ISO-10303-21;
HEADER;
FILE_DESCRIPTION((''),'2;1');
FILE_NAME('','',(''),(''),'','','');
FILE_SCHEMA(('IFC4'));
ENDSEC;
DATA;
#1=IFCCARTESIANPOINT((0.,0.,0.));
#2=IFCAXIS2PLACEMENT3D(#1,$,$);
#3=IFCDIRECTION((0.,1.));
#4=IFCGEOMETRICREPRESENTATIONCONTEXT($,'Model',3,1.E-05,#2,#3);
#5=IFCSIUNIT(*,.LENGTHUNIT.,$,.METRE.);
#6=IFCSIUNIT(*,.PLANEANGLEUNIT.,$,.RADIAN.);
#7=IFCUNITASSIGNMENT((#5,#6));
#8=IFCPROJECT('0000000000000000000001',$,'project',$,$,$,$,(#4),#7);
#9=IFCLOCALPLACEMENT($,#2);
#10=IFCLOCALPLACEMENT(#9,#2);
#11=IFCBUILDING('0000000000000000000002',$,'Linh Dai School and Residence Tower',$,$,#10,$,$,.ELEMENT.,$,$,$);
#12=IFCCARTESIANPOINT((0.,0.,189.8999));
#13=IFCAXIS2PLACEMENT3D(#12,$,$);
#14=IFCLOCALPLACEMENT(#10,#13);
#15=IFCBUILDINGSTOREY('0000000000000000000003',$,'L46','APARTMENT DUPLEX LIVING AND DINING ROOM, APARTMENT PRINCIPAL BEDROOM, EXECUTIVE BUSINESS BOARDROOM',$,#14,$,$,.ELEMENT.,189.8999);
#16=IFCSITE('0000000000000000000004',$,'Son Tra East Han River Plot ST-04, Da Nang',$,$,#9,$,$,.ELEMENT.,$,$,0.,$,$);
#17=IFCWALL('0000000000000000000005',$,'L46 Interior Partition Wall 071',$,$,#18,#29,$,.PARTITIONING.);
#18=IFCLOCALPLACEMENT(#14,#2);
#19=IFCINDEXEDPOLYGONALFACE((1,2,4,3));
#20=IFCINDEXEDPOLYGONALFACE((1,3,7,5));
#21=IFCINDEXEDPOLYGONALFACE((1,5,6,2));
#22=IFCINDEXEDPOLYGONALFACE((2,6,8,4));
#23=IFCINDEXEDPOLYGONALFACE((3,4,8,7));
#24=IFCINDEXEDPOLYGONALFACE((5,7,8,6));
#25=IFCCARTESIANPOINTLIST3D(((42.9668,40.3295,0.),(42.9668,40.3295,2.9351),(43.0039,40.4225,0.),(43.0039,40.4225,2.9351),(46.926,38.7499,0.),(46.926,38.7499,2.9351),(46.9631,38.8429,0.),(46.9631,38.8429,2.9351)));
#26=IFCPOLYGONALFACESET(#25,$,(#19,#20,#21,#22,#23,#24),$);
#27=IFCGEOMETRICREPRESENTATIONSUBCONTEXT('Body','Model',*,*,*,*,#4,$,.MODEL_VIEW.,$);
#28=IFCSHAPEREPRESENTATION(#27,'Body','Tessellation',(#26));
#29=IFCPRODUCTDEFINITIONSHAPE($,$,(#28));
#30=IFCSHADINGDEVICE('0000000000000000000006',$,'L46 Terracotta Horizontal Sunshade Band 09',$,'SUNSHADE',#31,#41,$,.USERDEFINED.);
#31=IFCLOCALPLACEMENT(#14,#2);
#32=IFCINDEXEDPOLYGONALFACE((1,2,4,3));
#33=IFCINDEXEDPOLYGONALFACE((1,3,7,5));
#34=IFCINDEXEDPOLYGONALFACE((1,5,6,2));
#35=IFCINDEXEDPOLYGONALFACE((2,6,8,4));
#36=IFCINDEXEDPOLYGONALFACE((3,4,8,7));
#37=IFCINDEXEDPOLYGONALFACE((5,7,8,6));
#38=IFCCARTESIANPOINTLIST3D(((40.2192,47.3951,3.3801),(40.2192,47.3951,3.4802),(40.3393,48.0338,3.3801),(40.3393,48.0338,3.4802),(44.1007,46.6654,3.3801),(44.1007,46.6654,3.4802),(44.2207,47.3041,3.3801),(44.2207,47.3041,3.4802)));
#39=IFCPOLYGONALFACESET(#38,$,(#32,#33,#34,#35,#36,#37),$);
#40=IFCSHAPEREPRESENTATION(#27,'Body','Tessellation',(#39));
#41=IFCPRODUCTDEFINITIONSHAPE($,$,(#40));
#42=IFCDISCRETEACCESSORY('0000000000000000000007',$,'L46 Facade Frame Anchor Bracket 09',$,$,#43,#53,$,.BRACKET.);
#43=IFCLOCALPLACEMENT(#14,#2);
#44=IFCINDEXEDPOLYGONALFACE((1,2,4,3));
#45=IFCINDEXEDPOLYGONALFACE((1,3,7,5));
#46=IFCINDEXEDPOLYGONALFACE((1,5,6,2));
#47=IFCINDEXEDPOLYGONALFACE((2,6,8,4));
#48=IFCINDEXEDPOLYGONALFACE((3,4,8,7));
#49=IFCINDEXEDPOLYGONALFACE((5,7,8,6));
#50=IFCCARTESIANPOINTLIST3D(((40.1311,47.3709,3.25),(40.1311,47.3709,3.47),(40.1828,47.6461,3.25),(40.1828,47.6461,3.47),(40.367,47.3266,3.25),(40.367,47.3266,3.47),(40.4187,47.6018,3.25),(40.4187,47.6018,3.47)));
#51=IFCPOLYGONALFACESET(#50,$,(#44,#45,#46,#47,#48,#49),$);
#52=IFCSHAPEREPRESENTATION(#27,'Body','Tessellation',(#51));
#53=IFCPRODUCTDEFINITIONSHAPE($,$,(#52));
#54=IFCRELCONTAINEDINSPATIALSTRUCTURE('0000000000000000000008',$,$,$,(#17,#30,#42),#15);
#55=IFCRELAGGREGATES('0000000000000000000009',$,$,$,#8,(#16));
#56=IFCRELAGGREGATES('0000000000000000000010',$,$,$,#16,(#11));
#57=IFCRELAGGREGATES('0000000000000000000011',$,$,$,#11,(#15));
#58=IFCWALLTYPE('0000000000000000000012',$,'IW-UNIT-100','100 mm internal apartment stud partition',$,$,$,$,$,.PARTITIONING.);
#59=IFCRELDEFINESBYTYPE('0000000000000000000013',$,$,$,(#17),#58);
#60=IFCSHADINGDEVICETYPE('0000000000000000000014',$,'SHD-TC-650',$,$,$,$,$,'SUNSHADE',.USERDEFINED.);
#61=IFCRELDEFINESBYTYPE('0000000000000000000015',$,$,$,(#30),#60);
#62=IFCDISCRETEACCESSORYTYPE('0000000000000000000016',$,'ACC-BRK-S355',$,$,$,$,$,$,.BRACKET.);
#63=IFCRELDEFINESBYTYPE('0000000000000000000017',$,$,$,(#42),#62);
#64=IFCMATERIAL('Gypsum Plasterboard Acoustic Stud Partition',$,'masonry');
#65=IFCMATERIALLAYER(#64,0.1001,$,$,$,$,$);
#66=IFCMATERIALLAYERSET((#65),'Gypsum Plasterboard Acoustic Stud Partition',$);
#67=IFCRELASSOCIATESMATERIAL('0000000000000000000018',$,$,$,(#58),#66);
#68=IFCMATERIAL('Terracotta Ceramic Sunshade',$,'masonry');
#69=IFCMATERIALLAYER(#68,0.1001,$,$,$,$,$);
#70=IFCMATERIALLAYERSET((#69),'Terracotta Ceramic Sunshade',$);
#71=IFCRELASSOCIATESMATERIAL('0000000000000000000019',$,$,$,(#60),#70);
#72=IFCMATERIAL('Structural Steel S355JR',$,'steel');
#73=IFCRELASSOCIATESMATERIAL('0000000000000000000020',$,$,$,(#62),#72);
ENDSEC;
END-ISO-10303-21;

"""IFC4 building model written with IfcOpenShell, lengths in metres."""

from ifc_helpers import new_model, si_unit, direction, frame, frame_2d, origin, origin_2d, place, context, subcontext, project, spatial, rectangle, extrude, source, transform, mapped, material, layer, layer_set, type_object, element, save


model = new_model("IFC4")

# Units and contexts
model_context = context("Model", 3, precision=1e-05, world=origin(), true_north=direction((0.0, 1.0)))
body_context = subcontext(model_context, "Body", "Model", "MODEL_VIEW")
ifc_project = project(units=[si_unit("LENGTHUNIT", "METRE"), si_unit("PLANEANGLEUNIT", "RADIAN")], contexts=[model_context])

# Site, building, storey
site_placement = place(None, origin())
site = spatial("IfcSite", under=ifc_project, at=site_placement, Name="Son Tra East Han River Plot ST-04, Da Nang", CompositionType="ELEMENT", RefElevation=0.0)
building_placement = place(site_placement, origin())
building = spatial("IfcBuilding", under=site, at=building_placement, Name="Linh Dai School and Residence Tower", CompositionType="ELEMENT")
storey_placement = place(building_placement, frame((0.0, 0.0, 189.8999)))
storey = spatial("IfcBuildingStorey", under=building, at=storey_placement, Name="L46", Description="APARTMENT DUPLEX LIVING AND DINING ROOM, APARTMENT PRINCIPAL BEDROOM, EXECUTIVE BUSINESS BOARDROOM", CompositionType="ELEMENT", Elevation=189.8999)

# Shared definitions
ifc_material_1 = material(Name="Structural Steel S355JR", Category="steel")

# Shared definitions
ifc_material_2 = material(Name="Gypsum Plasterboard Acoustic Stud Partition", Category="masonry")
ifc_layer_1 = layer(ifc_material_2, 0.1001)
ifc_layer_set_1 = layer_set([ifc_layer_1], Name="Gypsum Plasterboard Acoustic Stud Partition")
wall_type_1 = type_object("IfcWallType", Name="IW-UNIT-100", Description="100 mm internal apartment stud partition", PredefinedType="PARTITIONING", material=ifc_layer_set_1)

# Wall
wall_1_placement = place(storey_placement, frame((42.9854, 40.376, 0.0), z_axis=(0.0, 0.0, 1.0), x_axis=(0.928808, -0.370561, 0.0)))
element("IfcWall", 1, at=wall_1_placement, inside=storey, type_object=wall_type_1, Name="L46 Interior Partition Wall 071", PredefinedType="PARTITIONING", context=body_context, shape_type="SweptSolid", body=[
    extrude(rectangle(XDim=4.2627, YDim=0.1001, at=frame_2d((2.1313, 0.0))), origin(), (0.0, 0.0, 1.0), 2.9351),
])

# Shading device
ifc_material_3 = material(Name="Terracotta Ceramic Sunshade", Category="masonry")
ifc_layer_2 = layer(ifc_material_3, 0.1001)
ifc_layer_set_2 = layer_set([ifc_layer_2], Name="Terracotta Ceramic Sunshade")
shading_device_type = type_object("IfcShadingDeviceType", Name="SHD-TC-650", ElementType="SUNSHADE", PredefinedType="USERDEFINED", material=ifc_layer_set_2)
shared_shape_1 = source(origin(), body_context, "Body", "SweptSolid", [
    extrude(rectangle(XDim=3.9495, YDim=0.6499, at=origin_2d()), origin(), (0.0, 0.0, 1.0), 0.1001),
])
shading_device_placement = place(storey_placement, frame((42.22, 47.3496, 3.3801), z_axis=(0.0, 0.0, 1.0), x_axis=(0.982783, -0.184763, 0.0)))
element("IfcShadingDevice", 2, at=shading_device_placement, inside=storey, type_object=shading_device_type, Name="L46 Terracotta Horizontal Sunshade Band 09", ObjectType="SUNSHADE", PredefinedType="USERDEFINED", context=body_context, shape_type="MappedRepresentation", body=[
    mapped(shared_shape_1, transform((0.0, 0.0, 0.0), x_axis=(1.0, 0.0, 0.0), y_axis=(0.0, 1.0, 0.0), z_axis=(0.0, 0.0, 1.0), scale=1.0)),
])

# Discrete accessory
discrete_accessory_type = type_object("IfcDiscreteAccessoryType", Name="ACC-BRK-S355", PredefinedType="BRACKET", material=ifc_material_1)
shared_shape_2 = source(origin(), body_context, "Body", "SweptSolid", [
    extrude(rectangle(XDim=0.28, YDim=0.24, at=origin_2d()), origin(), (0.0, 0.0, 1.0), 0.22),
])
discrete_accessory_placement = place(storey_placement, frame((40.2749, 47.4863, 3.25), z_axis=(0.0, 0.0, 1.0), x_axis=(0.184763, 0.982783, 0.0)))
element("IfcDiscreteAccessory", 3, at=discrete_accessory_placement, inside=storey, type_object=discrete_accessory_type, Name="L46 Facade Frame Anchor Bracket 09", PredefinedType="BRACKET", context=body_context, shape_type="MappedRepresentation", body=[
    mapped(shared_shape_2, transform((0.0, 0.0, 0.0), x_axis=(1.0, 0.0, 0.0), y_axis=(0.0, 1.0, 0.0), z_axis=(0.0, 0.0, 1.0), scale=1.0)),
])

save(model, "model.ifc")
